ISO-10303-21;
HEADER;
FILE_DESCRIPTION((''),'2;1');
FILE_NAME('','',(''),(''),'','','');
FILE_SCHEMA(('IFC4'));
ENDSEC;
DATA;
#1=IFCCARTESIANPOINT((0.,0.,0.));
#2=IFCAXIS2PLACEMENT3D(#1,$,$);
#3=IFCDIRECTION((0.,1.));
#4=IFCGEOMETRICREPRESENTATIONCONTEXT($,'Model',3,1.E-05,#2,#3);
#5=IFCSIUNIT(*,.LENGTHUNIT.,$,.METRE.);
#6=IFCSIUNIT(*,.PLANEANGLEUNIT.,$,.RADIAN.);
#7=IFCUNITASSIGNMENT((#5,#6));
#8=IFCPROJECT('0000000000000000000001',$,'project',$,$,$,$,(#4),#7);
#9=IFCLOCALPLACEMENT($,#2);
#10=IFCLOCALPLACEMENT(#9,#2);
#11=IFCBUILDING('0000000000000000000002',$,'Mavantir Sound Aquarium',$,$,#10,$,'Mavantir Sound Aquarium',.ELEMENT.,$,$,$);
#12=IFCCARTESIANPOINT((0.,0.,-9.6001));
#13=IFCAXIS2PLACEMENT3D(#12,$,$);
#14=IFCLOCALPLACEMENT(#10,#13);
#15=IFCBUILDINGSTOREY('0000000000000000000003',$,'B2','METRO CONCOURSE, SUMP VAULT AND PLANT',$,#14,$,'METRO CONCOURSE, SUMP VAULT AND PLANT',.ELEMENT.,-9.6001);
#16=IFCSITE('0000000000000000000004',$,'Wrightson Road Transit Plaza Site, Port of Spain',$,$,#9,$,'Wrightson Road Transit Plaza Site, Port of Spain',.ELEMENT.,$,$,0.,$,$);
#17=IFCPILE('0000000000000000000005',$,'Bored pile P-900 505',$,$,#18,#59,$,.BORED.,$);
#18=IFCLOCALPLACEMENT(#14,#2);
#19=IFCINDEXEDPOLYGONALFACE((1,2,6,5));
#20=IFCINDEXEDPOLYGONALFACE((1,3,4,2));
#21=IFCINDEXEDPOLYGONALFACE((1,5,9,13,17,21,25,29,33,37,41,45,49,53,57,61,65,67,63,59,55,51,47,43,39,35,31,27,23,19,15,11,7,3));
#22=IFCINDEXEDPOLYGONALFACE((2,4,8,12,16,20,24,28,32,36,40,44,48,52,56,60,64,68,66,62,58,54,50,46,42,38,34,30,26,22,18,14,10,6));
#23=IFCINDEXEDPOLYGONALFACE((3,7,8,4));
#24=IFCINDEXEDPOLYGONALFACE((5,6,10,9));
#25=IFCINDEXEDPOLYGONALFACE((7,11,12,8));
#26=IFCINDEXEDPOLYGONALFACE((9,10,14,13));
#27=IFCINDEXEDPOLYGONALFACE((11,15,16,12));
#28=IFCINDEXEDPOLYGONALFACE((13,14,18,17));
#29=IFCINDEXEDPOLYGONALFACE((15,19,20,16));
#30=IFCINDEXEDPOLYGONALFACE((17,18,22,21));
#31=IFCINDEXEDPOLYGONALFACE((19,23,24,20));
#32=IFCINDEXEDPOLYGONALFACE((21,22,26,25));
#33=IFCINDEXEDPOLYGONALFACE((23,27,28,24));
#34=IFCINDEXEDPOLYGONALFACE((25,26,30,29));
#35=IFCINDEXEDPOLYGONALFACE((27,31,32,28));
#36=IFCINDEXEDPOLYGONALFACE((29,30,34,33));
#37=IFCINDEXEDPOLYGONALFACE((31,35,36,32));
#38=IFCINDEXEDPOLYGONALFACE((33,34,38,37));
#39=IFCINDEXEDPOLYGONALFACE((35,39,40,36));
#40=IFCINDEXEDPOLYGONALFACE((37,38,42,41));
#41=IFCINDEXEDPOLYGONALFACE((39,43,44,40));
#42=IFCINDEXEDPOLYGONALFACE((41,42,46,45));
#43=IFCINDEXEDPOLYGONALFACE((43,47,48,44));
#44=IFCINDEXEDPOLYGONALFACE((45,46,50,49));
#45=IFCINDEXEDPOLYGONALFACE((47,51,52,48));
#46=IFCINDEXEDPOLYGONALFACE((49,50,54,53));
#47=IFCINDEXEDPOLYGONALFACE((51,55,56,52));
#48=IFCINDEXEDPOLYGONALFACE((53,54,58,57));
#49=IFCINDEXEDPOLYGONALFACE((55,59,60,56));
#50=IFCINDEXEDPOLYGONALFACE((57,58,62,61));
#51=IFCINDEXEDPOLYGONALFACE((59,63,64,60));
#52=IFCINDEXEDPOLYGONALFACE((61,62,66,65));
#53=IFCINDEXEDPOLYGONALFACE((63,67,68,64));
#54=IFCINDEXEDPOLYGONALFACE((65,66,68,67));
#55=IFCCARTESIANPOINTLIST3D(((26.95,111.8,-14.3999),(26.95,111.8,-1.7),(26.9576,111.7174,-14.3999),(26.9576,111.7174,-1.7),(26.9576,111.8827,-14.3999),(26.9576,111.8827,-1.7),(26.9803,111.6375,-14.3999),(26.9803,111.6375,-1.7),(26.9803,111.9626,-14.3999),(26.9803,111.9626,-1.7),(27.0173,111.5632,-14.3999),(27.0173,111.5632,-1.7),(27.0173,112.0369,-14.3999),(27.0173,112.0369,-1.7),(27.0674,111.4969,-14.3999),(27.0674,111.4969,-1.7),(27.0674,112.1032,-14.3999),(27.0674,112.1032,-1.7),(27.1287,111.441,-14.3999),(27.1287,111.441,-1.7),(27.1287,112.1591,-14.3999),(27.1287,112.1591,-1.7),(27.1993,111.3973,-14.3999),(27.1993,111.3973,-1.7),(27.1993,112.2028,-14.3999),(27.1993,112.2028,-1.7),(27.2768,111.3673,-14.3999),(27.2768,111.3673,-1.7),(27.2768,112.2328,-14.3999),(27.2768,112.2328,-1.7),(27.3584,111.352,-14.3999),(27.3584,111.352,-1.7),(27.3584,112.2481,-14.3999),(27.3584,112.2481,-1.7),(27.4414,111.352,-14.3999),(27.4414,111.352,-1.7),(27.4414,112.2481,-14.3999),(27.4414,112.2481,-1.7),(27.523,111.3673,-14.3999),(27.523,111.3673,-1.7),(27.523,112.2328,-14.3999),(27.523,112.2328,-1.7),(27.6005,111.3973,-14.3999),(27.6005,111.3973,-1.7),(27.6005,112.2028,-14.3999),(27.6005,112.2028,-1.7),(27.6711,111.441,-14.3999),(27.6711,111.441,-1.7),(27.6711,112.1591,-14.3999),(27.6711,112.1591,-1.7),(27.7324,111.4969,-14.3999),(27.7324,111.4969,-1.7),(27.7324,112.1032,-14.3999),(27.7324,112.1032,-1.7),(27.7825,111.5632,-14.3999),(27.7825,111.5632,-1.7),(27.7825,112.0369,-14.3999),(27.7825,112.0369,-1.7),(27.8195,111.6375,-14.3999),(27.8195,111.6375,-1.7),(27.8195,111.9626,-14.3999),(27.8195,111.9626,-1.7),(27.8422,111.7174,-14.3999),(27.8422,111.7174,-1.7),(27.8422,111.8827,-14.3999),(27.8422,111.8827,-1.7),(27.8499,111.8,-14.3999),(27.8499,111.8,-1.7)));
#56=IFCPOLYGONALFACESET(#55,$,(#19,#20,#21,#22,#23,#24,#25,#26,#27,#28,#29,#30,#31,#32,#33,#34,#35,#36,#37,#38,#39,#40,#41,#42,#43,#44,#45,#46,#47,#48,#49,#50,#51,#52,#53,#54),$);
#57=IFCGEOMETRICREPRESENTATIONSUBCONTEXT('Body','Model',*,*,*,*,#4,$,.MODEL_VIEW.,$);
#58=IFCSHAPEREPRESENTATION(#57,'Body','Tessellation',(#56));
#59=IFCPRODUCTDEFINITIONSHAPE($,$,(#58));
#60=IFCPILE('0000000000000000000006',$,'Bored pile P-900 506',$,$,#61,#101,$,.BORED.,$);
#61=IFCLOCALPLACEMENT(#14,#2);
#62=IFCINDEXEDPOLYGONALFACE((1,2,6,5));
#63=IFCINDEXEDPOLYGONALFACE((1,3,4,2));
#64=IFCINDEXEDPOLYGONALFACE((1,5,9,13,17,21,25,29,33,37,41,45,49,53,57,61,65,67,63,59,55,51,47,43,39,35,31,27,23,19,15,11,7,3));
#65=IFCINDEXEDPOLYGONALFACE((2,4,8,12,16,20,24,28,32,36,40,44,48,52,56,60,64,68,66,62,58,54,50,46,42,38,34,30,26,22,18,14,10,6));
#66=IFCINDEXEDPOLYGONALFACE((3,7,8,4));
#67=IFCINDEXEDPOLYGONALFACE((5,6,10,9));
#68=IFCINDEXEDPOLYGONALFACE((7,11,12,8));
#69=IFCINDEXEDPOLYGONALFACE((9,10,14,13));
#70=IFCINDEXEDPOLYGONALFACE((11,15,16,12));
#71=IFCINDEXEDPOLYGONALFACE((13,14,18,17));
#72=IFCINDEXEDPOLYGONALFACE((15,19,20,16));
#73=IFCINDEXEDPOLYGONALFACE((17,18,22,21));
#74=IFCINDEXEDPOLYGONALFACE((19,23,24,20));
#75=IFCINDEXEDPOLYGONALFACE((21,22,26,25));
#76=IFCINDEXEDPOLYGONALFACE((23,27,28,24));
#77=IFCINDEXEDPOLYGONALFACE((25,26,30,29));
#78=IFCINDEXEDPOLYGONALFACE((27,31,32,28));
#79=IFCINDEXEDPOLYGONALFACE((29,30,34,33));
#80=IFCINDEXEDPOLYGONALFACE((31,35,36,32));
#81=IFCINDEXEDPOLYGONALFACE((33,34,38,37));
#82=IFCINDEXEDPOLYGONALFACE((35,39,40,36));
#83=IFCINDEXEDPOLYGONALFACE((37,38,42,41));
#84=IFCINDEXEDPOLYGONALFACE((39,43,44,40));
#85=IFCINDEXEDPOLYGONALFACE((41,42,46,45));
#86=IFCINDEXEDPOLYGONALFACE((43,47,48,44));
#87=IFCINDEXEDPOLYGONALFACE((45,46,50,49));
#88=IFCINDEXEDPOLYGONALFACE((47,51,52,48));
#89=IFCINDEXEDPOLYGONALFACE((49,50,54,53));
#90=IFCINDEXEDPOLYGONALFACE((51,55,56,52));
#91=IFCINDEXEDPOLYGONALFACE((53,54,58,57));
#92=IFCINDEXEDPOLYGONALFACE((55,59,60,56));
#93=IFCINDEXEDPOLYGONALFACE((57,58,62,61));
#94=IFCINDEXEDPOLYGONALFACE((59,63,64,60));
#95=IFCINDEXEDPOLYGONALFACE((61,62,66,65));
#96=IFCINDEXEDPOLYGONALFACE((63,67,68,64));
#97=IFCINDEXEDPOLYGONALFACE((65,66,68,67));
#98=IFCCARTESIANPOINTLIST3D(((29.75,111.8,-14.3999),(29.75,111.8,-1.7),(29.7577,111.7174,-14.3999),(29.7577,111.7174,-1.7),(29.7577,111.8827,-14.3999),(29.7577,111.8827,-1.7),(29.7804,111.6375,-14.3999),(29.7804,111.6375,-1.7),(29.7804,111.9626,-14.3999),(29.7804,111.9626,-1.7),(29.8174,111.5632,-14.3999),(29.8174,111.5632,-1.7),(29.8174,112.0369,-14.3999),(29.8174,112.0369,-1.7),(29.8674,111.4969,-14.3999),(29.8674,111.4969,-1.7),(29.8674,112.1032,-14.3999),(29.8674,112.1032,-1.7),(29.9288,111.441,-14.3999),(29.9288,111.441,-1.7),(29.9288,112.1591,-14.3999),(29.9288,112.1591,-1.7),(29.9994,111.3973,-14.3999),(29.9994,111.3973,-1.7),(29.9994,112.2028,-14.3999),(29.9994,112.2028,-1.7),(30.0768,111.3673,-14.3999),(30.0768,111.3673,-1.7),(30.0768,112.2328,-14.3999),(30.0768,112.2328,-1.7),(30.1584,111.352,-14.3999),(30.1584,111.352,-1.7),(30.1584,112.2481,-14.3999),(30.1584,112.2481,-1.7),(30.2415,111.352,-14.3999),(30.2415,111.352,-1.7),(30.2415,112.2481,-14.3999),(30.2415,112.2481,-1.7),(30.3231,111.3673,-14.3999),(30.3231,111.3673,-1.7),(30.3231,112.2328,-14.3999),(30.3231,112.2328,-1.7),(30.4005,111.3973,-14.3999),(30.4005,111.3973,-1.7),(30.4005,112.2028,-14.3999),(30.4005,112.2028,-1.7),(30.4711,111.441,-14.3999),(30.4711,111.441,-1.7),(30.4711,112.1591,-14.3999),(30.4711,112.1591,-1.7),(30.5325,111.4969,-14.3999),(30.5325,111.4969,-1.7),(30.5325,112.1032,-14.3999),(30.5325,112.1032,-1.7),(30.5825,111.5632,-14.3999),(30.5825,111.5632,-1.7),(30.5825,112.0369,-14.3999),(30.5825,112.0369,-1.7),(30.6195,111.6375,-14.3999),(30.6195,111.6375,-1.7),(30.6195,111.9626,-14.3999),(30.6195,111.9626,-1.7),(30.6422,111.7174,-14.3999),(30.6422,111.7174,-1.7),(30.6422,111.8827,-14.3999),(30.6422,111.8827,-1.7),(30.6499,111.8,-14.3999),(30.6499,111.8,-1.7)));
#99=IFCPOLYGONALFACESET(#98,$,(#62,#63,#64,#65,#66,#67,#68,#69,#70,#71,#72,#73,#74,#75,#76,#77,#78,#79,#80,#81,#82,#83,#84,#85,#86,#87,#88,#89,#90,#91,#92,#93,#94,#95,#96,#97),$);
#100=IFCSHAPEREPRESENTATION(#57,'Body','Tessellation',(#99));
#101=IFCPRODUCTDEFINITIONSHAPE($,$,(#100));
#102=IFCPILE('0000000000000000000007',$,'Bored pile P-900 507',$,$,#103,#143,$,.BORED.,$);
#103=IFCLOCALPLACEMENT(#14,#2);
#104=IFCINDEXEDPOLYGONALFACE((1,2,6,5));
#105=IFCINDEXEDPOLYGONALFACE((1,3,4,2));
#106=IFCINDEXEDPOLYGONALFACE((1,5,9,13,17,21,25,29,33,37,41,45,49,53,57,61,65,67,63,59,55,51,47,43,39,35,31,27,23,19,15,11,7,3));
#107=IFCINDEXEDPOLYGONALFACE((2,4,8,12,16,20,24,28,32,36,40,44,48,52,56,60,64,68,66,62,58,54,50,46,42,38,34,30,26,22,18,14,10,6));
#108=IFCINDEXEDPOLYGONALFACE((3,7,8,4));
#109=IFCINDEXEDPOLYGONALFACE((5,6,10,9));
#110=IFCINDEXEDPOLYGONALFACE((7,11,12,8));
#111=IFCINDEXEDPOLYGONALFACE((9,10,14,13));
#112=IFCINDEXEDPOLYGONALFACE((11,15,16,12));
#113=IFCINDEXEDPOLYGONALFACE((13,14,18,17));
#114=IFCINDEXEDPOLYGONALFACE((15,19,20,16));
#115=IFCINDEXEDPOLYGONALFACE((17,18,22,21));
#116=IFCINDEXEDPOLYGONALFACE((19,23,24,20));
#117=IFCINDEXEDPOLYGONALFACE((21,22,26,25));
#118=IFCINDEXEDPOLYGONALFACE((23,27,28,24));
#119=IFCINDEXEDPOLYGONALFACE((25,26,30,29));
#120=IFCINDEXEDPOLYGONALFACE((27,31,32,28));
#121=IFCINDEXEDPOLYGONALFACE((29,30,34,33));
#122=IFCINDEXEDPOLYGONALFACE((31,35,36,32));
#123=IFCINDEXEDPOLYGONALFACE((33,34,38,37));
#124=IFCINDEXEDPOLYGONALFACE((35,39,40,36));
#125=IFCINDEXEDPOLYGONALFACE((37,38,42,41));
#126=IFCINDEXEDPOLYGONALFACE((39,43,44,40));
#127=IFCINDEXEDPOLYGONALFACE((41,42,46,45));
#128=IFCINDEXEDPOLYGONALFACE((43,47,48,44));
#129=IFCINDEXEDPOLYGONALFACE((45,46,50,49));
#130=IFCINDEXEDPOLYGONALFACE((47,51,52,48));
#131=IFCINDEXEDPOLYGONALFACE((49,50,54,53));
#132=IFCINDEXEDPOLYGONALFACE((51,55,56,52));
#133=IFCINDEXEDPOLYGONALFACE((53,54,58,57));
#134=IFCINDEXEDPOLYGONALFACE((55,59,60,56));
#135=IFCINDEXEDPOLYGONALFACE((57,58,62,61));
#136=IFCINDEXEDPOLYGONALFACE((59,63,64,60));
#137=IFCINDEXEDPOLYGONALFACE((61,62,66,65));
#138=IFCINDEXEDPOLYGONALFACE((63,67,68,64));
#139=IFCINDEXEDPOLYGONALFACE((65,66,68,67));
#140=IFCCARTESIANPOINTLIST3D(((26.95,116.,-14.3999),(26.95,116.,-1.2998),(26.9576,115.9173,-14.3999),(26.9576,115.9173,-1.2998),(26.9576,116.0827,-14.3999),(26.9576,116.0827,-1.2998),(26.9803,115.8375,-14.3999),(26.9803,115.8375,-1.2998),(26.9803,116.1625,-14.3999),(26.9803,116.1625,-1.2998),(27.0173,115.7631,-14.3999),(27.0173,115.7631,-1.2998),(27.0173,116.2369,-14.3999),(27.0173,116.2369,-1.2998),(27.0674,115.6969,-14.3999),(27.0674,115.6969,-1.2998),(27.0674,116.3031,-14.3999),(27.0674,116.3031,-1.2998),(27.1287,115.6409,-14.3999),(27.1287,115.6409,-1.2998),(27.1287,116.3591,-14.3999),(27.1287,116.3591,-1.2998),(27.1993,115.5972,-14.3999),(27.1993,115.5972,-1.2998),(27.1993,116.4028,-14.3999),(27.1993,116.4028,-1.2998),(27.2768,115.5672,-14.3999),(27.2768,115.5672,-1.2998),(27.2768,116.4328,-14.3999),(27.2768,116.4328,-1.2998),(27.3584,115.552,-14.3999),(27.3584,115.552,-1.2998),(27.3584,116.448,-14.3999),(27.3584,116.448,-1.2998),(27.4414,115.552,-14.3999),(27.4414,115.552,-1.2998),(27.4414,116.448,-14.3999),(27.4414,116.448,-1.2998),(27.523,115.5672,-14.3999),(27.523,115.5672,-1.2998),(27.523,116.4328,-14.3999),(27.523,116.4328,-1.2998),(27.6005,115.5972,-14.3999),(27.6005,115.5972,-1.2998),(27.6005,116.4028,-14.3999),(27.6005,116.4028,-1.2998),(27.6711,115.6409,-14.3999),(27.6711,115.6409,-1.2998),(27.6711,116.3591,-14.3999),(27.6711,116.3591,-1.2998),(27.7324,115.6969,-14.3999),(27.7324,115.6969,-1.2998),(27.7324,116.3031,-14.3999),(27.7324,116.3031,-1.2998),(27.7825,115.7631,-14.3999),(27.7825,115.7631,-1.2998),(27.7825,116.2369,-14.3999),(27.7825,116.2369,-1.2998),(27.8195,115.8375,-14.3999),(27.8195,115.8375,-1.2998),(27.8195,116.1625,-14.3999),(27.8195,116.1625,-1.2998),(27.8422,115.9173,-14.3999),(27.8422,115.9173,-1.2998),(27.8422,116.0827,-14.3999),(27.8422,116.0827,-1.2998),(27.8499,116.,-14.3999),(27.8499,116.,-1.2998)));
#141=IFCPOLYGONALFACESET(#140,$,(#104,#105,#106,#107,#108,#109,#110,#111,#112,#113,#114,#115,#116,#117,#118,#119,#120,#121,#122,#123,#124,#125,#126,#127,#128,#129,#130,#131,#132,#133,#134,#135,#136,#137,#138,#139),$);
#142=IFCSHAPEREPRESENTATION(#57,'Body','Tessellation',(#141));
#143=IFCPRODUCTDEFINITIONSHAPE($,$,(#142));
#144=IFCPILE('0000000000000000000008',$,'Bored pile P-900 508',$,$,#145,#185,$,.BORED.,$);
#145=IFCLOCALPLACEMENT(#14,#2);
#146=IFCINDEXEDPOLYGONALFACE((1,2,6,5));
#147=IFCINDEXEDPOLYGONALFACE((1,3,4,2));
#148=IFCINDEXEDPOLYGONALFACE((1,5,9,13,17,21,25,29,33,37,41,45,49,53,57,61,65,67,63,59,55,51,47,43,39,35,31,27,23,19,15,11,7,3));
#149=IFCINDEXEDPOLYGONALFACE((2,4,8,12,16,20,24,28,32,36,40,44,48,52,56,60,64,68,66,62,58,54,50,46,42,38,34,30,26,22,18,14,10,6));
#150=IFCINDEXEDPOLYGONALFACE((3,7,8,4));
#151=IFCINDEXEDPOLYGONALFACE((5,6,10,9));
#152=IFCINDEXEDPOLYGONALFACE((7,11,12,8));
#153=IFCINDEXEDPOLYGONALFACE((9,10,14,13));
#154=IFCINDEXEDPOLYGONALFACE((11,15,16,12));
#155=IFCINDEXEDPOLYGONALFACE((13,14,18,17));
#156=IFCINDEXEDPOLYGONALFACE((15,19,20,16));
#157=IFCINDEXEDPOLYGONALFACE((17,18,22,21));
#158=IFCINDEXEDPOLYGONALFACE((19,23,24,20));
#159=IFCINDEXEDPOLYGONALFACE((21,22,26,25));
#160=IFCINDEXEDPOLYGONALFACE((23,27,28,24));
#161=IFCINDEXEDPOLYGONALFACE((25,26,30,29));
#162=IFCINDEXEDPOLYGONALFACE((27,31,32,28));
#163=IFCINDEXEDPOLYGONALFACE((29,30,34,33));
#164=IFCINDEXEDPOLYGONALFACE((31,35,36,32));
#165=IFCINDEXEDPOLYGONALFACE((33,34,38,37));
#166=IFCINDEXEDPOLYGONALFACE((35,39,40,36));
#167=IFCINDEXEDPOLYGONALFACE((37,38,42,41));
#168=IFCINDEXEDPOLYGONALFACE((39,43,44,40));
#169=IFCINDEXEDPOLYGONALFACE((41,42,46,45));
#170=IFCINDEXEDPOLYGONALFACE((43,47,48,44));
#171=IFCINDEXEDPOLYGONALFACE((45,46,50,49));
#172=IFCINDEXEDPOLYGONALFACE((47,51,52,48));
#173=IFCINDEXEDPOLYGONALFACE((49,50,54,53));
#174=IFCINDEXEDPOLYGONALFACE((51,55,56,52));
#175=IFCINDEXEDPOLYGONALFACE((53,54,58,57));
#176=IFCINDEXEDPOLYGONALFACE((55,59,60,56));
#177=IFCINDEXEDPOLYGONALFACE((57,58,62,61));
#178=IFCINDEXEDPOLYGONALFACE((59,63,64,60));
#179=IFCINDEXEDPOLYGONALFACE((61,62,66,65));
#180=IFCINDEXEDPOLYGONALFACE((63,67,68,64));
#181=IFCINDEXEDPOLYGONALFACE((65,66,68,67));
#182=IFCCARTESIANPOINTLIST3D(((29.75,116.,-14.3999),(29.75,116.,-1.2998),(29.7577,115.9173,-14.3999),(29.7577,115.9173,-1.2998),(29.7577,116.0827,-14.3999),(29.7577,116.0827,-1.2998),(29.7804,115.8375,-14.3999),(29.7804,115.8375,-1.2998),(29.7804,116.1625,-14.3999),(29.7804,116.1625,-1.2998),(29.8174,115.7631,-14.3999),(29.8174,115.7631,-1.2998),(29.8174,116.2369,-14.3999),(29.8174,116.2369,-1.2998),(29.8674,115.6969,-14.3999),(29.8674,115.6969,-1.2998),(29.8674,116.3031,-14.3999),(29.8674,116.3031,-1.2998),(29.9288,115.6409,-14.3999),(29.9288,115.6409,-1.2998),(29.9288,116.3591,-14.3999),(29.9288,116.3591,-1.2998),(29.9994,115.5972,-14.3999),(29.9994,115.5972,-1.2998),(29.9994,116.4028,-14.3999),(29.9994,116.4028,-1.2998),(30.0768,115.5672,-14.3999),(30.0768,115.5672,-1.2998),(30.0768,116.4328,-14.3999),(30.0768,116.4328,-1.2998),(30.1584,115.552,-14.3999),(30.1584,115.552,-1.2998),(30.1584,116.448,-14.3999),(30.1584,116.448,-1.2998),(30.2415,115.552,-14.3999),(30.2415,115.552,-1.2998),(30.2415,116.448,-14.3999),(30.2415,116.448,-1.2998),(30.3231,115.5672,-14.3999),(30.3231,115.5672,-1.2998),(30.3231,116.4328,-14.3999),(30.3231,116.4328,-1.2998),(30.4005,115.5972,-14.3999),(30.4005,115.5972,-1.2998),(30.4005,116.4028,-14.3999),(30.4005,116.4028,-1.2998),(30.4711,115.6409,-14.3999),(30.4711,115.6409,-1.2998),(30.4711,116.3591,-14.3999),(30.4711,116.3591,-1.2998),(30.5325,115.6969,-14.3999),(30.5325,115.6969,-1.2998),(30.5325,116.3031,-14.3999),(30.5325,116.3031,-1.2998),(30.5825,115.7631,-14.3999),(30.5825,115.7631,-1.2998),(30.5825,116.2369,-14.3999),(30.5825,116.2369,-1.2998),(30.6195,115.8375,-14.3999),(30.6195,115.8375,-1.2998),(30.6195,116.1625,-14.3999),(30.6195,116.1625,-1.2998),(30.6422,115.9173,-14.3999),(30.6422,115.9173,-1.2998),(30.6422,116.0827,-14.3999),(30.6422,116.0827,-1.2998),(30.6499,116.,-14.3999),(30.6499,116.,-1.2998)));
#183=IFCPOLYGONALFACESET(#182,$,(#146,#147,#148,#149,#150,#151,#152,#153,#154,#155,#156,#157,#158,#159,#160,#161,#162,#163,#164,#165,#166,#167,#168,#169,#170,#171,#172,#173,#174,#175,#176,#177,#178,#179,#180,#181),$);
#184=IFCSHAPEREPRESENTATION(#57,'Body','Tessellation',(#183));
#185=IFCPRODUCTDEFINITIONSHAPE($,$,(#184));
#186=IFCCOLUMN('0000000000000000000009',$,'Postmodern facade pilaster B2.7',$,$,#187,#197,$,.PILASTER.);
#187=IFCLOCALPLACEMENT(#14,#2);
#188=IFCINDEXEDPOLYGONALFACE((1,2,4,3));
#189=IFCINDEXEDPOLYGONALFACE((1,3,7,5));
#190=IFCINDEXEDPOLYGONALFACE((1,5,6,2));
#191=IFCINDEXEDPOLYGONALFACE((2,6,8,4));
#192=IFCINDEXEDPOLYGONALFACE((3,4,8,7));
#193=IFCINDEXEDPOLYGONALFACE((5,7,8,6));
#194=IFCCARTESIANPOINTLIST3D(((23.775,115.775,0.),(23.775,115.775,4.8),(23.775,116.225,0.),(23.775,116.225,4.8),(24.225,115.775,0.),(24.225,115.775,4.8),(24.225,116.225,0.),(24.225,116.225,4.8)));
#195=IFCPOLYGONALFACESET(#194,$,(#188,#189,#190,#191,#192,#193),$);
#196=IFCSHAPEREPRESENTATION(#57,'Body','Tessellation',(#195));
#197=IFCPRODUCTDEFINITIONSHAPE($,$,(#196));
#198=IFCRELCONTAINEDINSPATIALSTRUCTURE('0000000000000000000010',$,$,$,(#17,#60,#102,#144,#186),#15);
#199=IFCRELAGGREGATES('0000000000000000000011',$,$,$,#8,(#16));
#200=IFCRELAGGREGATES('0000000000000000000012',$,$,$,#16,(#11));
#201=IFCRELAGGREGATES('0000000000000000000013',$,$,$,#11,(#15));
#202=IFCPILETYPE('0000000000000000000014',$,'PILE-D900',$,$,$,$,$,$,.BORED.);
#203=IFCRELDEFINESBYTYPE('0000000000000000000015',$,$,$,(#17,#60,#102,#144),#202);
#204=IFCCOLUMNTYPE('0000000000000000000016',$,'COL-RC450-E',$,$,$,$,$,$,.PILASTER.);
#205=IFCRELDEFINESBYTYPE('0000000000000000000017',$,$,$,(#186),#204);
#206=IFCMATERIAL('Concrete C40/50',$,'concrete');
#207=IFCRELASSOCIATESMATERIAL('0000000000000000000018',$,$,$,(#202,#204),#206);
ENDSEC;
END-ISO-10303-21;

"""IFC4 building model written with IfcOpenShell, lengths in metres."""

from ifc_helpers import new_model, si_unit, direction, frame, origin, origin_2d, place, context, subcontext, project, spatial, rectangle, circle, extrude, material, material_profile, profile_set, type_object, element, save


model = new_model("IFC4")

# Units and contexts
model_context = context("Model", 3, precision=1e-05, world=origin(), true_north=direction((0.0, 1.0)))
body_context = subcontext(model_context, "Body", "Model", "MODEL_VIEW")
ifc_project = project(units=[si_unit("LENGTHUNIT", "METRE"), si_unit("PLANEANGLEUNIT", "RADIAN")], contexts=[model_context])

# Site, building, storey
site_placement = place(None, origin())
site = spatial("IfcSite", under=ifc_project, at=site_placement, Name="Wrightson Road Transit Plaza Site, Port of Spain", LongName="Wrightson Road Transit Plaza Site, Port of Spain", CompositionType="ELEMENT", RefElevation=0.0)
building_placement = place(site_placement, origin())
building = spatial("IfcBuilding", under=site, at=building_placement, Name="Mavantir Sound Aquarium", LongName="Mavantir Sound Aquarium", CompositionType="ELEMENT")
storey_placement = place(building_placement, frame((0.0, 0.0, -9.6001)))
storey = spatial("IfcBuildingStorey", under=building, at=storey_placement, Name="B2", Description="METRO CONCOURSE, SUMP VAULT AND PLANT", LongName="METRO CONCOURSE, SUMP VAULT AND PLANT", CompositionType="ELEMENT", Elevation=-9.6001)

# Shared definitions
ifc_material = material(Name="Concrete C40/50", Category="concrete")

# Piles
ifc_material_profile_1 = material_profile(ifc_material, circle(Radius=0.45, at=origin_2d()), Name="PILE D900")
ifc_profile_set_1 = profile_set([ifc_material_profile_1], Name="Concrete C40/50")
pile_type = type_object("IfcPileType", Name="PILE-D900", PredefinedType="BORED", material=ifc_profile_set_1)
for number, where, z_axis, x_axis, name in (
    (1, (27.3999, 111.8, -1.7), (0.0, 0.0, -1.0), (1.0, 0.0, 0.0), "Bored pile P-900 505"),
    (2, (30.2, 111.8, -1.7), (0.0, 0.0, -1.0), (1.0, 0.0, 0.0), "Bored pile P-900 506"),
):
    element("IfcPile", number, at=place(storey_placement, frame(where, z_axis=z_axis, x_axis=x_axis)), inside=storey, type_object=pile_type, Name=name, PredefinedType="BORED", context=body_context, shape_type="SweptSolid", body=[
        extrude(circle(Radius=0.45, at=origin_2d()), origin(), (0.0, 0.0, 1.0), 12.7),
    ])
for number, where, z_axis, x_axis, name in (
    (3, (27.3999, 116.0, -1.2998), (0.0, 0.0, -1.0), (1.0, 0.0, 0.0), "Bored pile P-900 507"),
    (4, (30.2, 116.0, -1.2998), (0.0, 0.0, -1.0), (1.0, 0.0, 0.0), "Bored pile P-900 508"),
):
    element("IfcPile", number, at=place(storey_placement, frame(where, z_axis=z_axis, x_axis=x_axis)), inside=storey, type_object=pile_type, Name=name, PredefinedType="BORED", context=body_context, shape_type="SweptSolid", body=[
        extrude(circle(Radius=0.45, at=origin_2d()), origin(), (0.0, 0.0, 1.0), 13.1001),
    ])

# Column
ifc_material_profile_2 = material_profile(ifc_material, rectangle(XDim=0.45, YDim=0.45, at=origin_2d()), Name="RC 450X450")
ifc_profile_set_2 = profile_set([ifc_material_profile_2], Name="Concrete C40/50")
column_type_1 = type_object("IfcColumnType", Name="COL-RC450-E", PredefinedType="PILASTER", material=ifc_profile_set_2)
column_1_placement = place(storey_placement, frame((24.0, 116.0, 0.0), z_axis=(0.0, 0.0, 1.0), x_axis=(1.0, 0.0, 0.0)))
element("IfcColumn", 5, at=column_1_placement, inside=storey, type_object=column_type_1, Name="Postmodern facade pilaster B2.7", PredefinedType="PILASTER", context=body_context, shape_type="SweptSolid", body=[
    extrude(rectangle(XDim=0.45, YDim=0.45, at=origin_2d()), origin(), (0.0, 0.0, 1.0), 4.8),
])

save(model, "model.ifc")
